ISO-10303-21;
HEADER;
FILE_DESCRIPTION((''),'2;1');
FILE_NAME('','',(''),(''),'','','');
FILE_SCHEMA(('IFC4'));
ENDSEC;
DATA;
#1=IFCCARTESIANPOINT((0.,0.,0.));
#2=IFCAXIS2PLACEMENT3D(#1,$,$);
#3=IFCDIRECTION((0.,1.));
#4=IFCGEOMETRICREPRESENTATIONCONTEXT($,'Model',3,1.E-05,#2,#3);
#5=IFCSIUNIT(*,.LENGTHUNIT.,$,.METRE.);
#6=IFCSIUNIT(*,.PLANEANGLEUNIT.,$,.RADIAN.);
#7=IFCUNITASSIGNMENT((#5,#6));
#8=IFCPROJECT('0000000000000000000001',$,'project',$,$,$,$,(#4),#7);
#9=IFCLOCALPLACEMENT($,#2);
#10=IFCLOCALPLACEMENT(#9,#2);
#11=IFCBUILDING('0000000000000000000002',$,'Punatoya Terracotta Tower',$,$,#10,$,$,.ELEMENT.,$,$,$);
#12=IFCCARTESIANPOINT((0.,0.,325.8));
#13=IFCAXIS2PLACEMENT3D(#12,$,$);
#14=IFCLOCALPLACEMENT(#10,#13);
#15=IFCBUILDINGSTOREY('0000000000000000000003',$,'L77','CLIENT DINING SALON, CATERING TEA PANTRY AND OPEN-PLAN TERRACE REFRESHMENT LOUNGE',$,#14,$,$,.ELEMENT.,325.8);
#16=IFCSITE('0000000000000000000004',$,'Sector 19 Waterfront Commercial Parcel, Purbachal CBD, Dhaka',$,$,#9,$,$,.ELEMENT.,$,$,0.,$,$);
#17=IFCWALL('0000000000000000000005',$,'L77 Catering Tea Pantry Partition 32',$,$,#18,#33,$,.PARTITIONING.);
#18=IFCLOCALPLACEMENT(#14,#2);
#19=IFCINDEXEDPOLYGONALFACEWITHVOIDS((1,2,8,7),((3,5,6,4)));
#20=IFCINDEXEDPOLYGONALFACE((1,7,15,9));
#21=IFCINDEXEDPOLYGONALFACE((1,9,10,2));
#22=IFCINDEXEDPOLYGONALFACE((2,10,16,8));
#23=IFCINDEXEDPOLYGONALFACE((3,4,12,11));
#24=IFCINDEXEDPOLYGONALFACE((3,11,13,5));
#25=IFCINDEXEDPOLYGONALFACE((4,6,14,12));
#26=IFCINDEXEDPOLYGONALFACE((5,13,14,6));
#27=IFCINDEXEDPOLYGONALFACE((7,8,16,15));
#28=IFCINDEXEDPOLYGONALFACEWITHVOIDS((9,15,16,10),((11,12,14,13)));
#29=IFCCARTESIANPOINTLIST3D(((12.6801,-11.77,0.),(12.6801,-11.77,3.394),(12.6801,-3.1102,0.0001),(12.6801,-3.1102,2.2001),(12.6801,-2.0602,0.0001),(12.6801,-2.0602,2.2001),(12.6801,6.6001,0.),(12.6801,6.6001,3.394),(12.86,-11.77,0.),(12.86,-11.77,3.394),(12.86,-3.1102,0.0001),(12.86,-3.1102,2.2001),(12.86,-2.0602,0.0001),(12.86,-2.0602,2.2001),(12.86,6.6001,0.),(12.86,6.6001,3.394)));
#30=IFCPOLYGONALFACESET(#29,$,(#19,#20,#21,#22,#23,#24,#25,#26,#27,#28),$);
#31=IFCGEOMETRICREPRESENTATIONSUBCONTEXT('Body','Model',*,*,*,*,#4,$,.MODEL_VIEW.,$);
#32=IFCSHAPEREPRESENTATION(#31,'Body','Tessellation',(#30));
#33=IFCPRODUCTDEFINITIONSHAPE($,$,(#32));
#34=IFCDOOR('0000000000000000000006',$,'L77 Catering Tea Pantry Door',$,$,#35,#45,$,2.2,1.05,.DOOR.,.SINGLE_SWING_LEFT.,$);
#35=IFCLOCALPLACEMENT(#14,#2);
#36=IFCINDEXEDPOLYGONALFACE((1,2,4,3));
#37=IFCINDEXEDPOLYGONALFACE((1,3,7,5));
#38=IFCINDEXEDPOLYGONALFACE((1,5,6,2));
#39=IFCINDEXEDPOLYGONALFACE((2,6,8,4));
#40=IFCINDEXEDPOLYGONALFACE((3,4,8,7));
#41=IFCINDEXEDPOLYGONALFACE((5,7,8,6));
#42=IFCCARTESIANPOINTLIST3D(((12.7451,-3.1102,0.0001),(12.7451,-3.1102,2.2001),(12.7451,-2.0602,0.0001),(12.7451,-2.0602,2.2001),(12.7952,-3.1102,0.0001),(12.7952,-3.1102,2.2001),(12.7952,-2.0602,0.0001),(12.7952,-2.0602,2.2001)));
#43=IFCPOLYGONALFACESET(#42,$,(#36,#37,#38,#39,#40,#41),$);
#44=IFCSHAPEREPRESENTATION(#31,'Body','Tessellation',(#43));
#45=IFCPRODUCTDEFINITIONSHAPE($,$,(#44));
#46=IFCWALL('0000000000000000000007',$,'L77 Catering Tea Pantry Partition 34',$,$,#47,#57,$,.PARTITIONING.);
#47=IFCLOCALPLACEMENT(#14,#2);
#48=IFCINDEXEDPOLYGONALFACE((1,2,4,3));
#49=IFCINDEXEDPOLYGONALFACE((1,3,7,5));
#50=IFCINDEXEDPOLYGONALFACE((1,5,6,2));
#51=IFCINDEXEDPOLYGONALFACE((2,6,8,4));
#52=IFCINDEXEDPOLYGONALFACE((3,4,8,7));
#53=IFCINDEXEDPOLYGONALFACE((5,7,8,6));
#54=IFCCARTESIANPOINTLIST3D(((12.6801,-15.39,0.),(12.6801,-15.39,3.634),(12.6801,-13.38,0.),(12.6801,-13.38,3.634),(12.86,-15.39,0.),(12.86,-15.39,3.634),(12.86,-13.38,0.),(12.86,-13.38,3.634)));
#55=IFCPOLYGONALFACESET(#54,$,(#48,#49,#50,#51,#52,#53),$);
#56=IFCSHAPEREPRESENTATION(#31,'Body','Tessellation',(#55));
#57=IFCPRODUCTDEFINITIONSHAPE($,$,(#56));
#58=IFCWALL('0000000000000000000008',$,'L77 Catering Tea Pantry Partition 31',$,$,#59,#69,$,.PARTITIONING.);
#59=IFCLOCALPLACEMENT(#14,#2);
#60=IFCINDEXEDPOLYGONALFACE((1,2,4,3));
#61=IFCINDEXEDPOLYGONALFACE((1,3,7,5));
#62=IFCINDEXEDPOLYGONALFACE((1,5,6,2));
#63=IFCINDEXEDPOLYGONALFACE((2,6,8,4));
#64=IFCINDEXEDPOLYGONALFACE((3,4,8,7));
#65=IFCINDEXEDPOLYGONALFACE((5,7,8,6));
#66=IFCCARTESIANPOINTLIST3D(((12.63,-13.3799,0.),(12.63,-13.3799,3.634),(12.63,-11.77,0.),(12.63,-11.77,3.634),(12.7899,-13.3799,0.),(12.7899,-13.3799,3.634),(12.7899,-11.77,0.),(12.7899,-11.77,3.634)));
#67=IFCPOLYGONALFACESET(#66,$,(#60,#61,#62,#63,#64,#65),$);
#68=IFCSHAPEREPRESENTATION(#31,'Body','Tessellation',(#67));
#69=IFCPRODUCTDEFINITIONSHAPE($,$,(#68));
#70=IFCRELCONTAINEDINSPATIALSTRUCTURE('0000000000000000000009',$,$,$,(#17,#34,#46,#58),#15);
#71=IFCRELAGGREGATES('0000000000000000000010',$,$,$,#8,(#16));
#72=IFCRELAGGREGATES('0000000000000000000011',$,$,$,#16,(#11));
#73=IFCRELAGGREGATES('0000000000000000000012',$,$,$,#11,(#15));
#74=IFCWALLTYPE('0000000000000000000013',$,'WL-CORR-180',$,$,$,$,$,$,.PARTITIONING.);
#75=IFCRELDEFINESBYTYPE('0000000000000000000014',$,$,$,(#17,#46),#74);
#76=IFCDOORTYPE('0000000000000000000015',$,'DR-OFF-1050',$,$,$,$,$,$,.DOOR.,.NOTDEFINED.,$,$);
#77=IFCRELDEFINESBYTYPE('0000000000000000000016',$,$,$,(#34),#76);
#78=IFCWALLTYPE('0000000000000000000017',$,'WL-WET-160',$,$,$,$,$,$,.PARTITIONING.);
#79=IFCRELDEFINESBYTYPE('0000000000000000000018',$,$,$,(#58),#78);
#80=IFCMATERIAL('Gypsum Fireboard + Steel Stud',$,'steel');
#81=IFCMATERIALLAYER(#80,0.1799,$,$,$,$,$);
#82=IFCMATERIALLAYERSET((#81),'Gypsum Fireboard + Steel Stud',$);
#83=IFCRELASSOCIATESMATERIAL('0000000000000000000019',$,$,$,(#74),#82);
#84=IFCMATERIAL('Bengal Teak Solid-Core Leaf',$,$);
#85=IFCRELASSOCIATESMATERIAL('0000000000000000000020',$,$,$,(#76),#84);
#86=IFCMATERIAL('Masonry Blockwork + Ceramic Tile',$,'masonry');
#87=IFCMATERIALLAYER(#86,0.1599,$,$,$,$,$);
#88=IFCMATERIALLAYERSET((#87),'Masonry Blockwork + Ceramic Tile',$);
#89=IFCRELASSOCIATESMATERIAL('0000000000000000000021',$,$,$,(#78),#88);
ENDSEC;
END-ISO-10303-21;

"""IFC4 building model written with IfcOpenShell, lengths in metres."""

from ifc_helpers import new_model, si_unit, direction, frame, frame_2d, origin, place, context, subcontext, project, spatial, rectangle, extrude, material, layer, layer_set, type_object, element, fill, save


model = new_model("IFC4")

# Units and contexts
model_context = context("Model", 3, precision=1e-05, world=origin(), true_north=direction((0.0, 1.0)))
body_context = subcontext(model_context, "Body", "Model", "MODEL_VIEW")
ifc_project = project(units=[si_unit("LENGTHUNIT", "METRE"), si_unit("PLANEANGLEUNIT", "RADIAN")], contexts=[model_context])

# Site, building, storey
site_placement = place(None, origin())
site = spatial("IfcSite", under=ifc_project, at=site_placement, Name="Sector 19 Waterfront Commercial Parcel, Purbachal CBD, Dhaka", CompositionType="ELEMENT", RefElevation=0.0)
building_placement = place(site_placement, origin())
building = spatial("IfcBuilding", under=site, at=building_placement, Name="Punatoya Terracotta Tower", CompositionType="ELEMENT")
storey_placement = place(building_placement, frame((0.0, 0.0, 325.8)))
storey = spatial("IfcBuildingStorey", under=building, at=storey_placement, Name="L77", Description="CLIENT DINING SALON, CATERING TEA PANTRY AND OPEN-PLAN TERRACE REFRESHMENT LOUNGE", CompositionType="ELEMENT", Elevation=325.8)

# Wall, opening, door
ifc_material_1 = material(Name="Gypsum Fireboard + Steel Stud", Category="steel")
ifc_layer_1 = layer(ifc_material_1, 0.1799)
ifc_layer_set_1 = layer_set([ifc_layer_1], Name="Gypsum Fireboard + Steel Stud")
wall_type_1 = type_object("IfcWallType", Name="WL-CORR-180", PredefinedType="PARTITIONING", material=ifc_layer_set_1)
wall_1_placement = place(storey_placement, frame((12.77, -11.77, 0.0), z_axis=(0.0, 0.0, 1.0), x_axis=(0.0, 1.0, 0.0)))
wall_1 = element("IfcWall", 1, at=wall_1_placement, inside=storey, type_object=wall_type_1, Name="L77 Catering Tea Pantry Partition 32", PredefinedType="PARTITIONING", context=body_context, shape_type="SweptSolid", body=[
    extrude(rectangle(XDim=18.3701, YDim=0.1799, at=frame_2d((9.1851, 0.0))), origin(), (0.0, 0.0, 1.0), 3.394),
])
opening_1_placement = place(wall_1_placement, frame((8.6599, 0.0, 0.0)))
opening_1 = element("IfcOpeningElement", 2, at=opening_1_placement, cuts=wall_1, PredefinedType="OPENING", context=body_context, shape_type="SweptSolid", body=[
    extrude(rectangle(XDim=1.05, YDim=2.2, at=frame_2d((0.5249, 1.1001))), frame((0.0, 0.0999, 0.0), z_axis=(0.0, -1.0, 0.0), x_axis=(1.0, 0.0, 0.0)), (0.0, 0.0, 1.0), 0.2),
])
ifc_material_2 = material(Name="Bengal Teak Solid-Core Leaf")
door_type_1 = type_object("IfcDoorType", Name="DR-OFF-1050", OperationType="NOTDEFINED", PredefinedType="DOOR", material=ifc_material_2)
door_1_placement = place(opening_1_placement, origin())
door_1 = element("IfcDoor", 3, at=door_1_placement, inside=storey, type_object=door_type_1, Name="L77 Catering Tea Pantry Door", OperationType="SINGLE_SWING_LEFT", OverallHeight=2.2, OverallWidth=1.05, PredefinedType="DOOR", context=body_context, shape_type="SweptSolid", body=[
    extrude(rectangle(XDim=1.05, YDim=2.2, at=frame_2d((0.5249, 1.1001))), frame((0.0, 0.0249, 0.0), z_axis=(0.0, -1.0, 0.0), x_axis=(1.0, 0.0, 0.0)), (0.0, 0.0, 1.0), 0.05),
])
fill(opening_1, door_1)

# Walls
wall_2_placement = place(storey_placement, frame((12.77, -15.3899, 0.0), z_axis=(0.0, 0.0, 1.0), x_axis=(0.0, 1.0, 0.0)))
element("IfcWall", 4, at=wall_2_placement, inside=storey, type_object=wall_type_1, Name="L77 Catering Tea Pantry Partition 34", PredefinedType="PARTITIONING", context=body_context, shape_type="SweptSolid", body=[
    extrude(rectangle(XDim=2.01, YDim=0.1799, at=frame_2d((1.0049, 0.0))), origin(), (0.0, 0.0, 1.0), 3.634),
])
ifc_material_3 = material(Name="Masonry Blockwork + Ceramic Tile", Category="masonry")
ifc_layer_2 = layer(ifc_material_3, 0.1599)
ifc_layer_set_2 = layer_set([ifc_layer_2], Name="Masonry Blockwork + Ceramic Tile")
wall_type_2 = type_object("IfcWallType", Name="WL-WET-160", PredefinedType="PARTITIONING", material=ifc_layer_set_2)
wall_3_placement = place(storey_placement, frame((12.71, -13.3799, 0.0), z_axis=(0.0, 0.0, 1.0), x_axis=(0.0, 1.0, 0.0)))
element("IfcWall", 5, at=wall_3_placement, inside=storey, type_object=wall_type_2, Name="L77 Catering Tea Pantry Partition 31", PredefinedType="PARTITIONING", context=body_context, shape_type="SweptSolid", body=[
    extrude(rectangle(XDim=1.6099, YDim=0.1599, at=frame_2d((0.8049, 0.0))), origin(), (0.0, 0.0, 1.0), 3.634),
])

save(model, "model.ifc")
